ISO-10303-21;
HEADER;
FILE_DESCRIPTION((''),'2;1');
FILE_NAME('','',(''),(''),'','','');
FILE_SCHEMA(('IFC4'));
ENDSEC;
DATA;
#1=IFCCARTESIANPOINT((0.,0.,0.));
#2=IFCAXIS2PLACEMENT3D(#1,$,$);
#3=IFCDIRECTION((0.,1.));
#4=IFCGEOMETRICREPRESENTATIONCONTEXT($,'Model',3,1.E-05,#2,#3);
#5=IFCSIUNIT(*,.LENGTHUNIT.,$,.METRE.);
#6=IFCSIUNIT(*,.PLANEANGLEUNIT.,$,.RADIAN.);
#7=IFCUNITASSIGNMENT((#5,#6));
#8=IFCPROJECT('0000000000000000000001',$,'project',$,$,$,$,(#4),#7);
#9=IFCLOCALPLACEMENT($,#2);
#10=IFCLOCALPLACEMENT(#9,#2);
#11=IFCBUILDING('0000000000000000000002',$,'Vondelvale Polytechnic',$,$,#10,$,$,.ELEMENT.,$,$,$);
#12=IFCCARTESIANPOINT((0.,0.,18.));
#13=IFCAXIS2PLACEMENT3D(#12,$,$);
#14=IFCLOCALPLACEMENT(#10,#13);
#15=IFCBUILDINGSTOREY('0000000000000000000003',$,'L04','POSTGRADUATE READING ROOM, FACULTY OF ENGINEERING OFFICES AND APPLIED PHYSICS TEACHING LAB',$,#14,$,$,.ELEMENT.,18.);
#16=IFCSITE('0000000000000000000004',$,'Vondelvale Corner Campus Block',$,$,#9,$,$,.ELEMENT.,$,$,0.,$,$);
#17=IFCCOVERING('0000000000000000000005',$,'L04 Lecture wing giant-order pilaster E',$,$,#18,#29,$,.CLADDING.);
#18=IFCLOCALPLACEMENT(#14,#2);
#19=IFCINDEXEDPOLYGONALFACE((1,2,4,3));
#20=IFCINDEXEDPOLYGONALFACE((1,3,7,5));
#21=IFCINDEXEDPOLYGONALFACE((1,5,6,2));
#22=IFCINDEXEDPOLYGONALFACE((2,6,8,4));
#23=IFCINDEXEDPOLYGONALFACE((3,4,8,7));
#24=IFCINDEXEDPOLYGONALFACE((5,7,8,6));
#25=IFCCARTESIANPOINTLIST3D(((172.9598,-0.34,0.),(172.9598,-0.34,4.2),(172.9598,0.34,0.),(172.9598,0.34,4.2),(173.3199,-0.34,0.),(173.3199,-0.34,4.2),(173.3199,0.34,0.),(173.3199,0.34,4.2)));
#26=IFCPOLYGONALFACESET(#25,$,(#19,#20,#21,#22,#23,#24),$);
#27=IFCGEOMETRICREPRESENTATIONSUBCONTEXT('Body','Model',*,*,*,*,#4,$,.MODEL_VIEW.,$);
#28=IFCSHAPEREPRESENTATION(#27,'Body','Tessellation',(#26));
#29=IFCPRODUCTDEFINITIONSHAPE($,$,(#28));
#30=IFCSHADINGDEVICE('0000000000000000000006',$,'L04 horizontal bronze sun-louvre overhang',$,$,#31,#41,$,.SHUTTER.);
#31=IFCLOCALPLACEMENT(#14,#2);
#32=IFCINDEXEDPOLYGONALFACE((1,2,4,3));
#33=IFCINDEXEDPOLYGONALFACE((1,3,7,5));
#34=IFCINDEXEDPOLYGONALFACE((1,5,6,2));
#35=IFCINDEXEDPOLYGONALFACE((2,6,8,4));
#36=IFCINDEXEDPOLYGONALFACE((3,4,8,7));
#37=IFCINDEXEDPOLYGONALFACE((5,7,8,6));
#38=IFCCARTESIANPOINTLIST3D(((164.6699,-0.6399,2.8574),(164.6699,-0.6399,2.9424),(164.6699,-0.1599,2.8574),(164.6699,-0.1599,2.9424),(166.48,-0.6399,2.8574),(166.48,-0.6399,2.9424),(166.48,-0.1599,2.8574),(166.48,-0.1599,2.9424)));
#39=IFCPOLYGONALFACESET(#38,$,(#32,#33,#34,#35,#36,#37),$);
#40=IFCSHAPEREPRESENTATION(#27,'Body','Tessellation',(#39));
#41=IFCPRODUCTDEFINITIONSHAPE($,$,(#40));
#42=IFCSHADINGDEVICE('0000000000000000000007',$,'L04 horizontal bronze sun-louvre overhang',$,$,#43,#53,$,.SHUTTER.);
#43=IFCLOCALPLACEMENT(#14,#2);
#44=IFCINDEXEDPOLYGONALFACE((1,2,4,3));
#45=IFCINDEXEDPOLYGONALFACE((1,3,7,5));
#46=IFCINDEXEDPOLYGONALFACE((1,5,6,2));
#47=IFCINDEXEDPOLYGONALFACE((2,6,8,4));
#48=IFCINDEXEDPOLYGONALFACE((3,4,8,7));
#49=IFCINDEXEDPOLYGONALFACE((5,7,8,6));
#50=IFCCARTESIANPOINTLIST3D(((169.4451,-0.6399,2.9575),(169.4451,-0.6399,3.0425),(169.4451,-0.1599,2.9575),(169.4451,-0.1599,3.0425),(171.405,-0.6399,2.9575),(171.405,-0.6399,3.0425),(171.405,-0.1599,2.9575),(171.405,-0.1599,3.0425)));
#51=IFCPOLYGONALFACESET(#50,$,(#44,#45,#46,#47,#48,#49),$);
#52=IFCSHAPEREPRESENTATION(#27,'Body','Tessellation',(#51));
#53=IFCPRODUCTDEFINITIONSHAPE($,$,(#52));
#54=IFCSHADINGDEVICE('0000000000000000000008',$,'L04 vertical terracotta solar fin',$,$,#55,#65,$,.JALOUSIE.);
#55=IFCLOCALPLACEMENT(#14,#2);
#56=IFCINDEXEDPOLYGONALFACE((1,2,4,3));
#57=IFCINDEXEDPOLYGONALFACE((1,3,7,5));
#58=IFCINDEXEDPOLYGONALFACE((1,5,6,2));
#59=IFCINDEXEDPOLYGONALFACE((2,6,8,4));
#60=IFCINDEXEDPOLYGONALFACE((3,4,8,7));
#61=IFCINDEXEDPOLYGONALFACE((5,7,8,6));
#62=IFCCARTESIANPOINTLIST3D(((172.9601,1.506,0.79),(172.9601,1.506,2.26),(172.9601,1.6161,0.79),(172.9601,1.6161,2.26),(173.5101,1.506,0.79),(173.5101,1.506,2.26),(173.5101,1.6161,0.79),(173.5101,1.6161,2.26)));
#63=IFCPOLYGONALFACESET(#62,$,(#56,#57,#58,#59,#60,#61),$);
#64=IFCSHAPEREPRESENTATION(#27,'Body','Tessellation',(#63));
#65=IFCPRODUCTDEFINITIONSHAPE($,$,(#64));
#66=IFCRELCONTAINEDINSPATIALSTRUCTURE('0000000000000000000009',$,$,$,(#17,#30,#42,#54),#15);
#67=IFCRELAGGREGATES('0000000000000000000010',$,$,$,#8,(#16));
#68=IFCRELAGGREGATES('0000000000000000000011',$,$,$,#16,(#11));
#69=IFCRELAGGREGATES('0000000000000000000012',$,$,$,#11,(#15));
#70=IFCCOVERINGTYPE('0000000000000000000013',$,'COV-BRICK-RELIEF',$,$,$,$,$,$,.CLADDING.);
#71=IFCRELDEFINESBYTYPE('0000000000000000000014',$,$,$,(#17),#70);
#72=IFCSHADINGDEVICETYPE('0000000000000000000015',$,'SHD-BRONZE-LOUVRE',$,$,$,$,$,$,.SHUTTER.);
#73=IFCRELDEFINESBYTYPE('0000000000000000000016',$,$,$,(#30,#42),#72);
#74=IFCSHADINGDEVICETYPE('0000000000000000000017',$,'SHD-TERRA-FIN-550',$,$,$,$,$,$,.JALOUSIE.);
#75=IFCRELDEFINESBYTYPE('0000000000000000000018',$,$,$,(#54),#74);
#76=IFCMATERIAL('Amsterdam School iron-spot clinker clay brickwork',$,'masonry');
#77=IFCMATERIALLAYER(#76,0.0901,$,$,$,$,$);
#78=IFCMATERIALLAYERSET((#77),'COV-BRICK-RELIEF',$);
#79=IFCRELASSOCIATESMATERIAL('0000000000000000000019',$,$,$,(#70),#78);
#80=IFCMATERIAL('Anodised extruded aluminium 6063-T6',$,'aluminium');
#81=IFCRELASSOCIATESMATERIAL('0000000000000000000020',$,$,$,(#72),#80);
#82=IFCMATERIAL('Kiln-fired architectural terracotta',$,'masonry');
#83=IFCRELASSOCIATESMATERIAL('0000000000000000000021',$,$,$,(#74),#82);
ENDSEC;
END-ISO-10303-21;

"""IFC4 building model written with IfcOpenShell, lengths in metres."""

from ifc_helpers import new_model, si_unit, direction, frame, origin, origin_2d, place, context, subcontext, project, spatial, rectangle, extrude, material, layer, layer_set, type_object, element, save


model = new_model("IFC4")

# Units and contexts
model_context = context("Model", 3, precision=1e-05, world=origin(), true_north=direction((0.0, 1.0)))
body_context = subcontext(model_context, "Body", "Model", "MODEL_VIEW")
ifc_project = project(units=[si_unit("LENGTHUNIT", "METRE"), si_unit("PLANEANGLEUNIT", "RADIAN")], contexts=[model_context])

# Site, building, storey
site_placement = place(None, origin())
site = spatial("IfcSite", under=ifc_project, at=site_placement, Name="Vondelvale Corner Campus Block", CompositionType="ELEMENT", RefElevation=0.0)
building_placement = place(site_placement, origin())
building = spatial("IfcBuilding", under=site, at=building_placement, Name="Vondelvale Polytechnic", CompositionType="ELEMENT")
storey_placement = place(building_placement, frame((0.0, 0.0, 18.0)))
storey = spatial("IfcBuildingStorey", under=building, at=storey_placement, Name="L04", Description="POSTGRADUATE READING ROOM, FACULTY OF ENGINEERING OFFICES AND APPLIED PHYSICS TEACHING LAB", CompositionType="ELEMENT", Elevation=18.0)

# Shared definitions
ifc_material_1 = material(Name="Amsterdam School iron-spot clinker clay brickwork", Category="masonry")

# Covering
ifc_layer_1 = layer(ifc_material_1, 0.0901)
ifc_layer_set_1 = layer_set([ifc_layer_1], Name="COV-BRICK-RELIEF")
covering_type = type_object("IfcCoveringType", Name="COV-BRICK-RELIEF", PredefinedType="CLADDING", material=ifc_layer_set_1)
covering_1_placement = place(storey_placement, frame((173.1399, 0.0, 0.0), z_axis=(0.0, 0.0, 1.0), x_axis=(1.0, 0.0, 0.0)))
element("IfcCovering", 1, at=covering_1_placement, inside=storey, type_object=covering_type, Name="L04 Lecture wing giant-order pilaster E", PredefinedType="CLADDING", context=body_context, shape_type="SweptSolid", body=[
    extrude(rectangle(XDim=0.3601, YDim=0.6799, at=origin_2d()), origin(), (0.0, 0.0, 1.0), 4.2),
])

# Shading devices
ifc_material_2 = material(Name="Anodised extruded aluminium 6063-T6", Category="aluminium")
shading_device_type_1 = type_object("IfcShadingDeviceType", Name="SHD-BRONZE-LOUVRE", PredefinedType="SHUTTER", material=ifc_material_2)
shading_device_1_placement = place(storey_placement, frame((165.575, -0.3999, 2.8574), z_axis=(0.0, 0.0, 1.0), x_axis=(-1.0, 0.0, 0.0)))
element("IfcShadingDevice", 2, at=shading_device_1_placement, inside=storey, type_object=shading_device_type_1, Name="L04 horizontal bronze sun-louvre overhang", PredefinedType="SHUTTER", context=body_context, shape_type="SweptSolid", body=[
    extrude(rectangle(XDim=1.8101, YDim=0.48, at=origin_2d()), origin(), (0.0, 0.0, 1.0), 0.085),
])
shading_device_2_placement = place(storey_placement, frame((170.425, -0.3999, 2.9575), z_axis=(0.0, 0.0, 1.0), x_axis=(-1.0, 0.0, 0.0)))
element("IfcShadingDevice", 3, at=shading_device_2_placement, inside=storey, type_object=shading_device_type_1, Name="L04 horizontal bronze sun-louvre overhang", PredefinedType="SHUTTER", context=body_context, shape_type="SweptSolid", body=[
    extrude(rectangle(XDim=1.96, YDim=0.48, at=origin_2d()), origin(), (0.0, 0.0, 1.0), 0.085),
])
ifc_material_3 = material(Name="Kiln-fired architectural terracotta", Category="masonry")
shading_device_type_2 = type_object("IfcShadingDeviceType", Name="SHD-TERRA-FIN-550", PredefinedType="JALOUSIE", material=ifc_material_3)
shading_device_3_placement = place(storey_placement, frame((173.2351, 1.561, 0.79), z_axis=(0.0, 0.0, 1.0), x_axis=(0.0, -1.0, 0.0)))
element("IfcShadingDevice", 4, at=shading_device_3_placement, inside=storey, type_object=shading_device_type_2, Name="L04 vertical terracotta solar fin", PredefinedType="JALOUSIE", context=body_context, shape_type="SweptSolid", body=[
    extrude(rectangle(XDim=0.1101, YDim=0.55, at=origin_2d()), origin(), (0.0, 0.0, 1.0), 1.47),
])

save(model, "model.ifc")
